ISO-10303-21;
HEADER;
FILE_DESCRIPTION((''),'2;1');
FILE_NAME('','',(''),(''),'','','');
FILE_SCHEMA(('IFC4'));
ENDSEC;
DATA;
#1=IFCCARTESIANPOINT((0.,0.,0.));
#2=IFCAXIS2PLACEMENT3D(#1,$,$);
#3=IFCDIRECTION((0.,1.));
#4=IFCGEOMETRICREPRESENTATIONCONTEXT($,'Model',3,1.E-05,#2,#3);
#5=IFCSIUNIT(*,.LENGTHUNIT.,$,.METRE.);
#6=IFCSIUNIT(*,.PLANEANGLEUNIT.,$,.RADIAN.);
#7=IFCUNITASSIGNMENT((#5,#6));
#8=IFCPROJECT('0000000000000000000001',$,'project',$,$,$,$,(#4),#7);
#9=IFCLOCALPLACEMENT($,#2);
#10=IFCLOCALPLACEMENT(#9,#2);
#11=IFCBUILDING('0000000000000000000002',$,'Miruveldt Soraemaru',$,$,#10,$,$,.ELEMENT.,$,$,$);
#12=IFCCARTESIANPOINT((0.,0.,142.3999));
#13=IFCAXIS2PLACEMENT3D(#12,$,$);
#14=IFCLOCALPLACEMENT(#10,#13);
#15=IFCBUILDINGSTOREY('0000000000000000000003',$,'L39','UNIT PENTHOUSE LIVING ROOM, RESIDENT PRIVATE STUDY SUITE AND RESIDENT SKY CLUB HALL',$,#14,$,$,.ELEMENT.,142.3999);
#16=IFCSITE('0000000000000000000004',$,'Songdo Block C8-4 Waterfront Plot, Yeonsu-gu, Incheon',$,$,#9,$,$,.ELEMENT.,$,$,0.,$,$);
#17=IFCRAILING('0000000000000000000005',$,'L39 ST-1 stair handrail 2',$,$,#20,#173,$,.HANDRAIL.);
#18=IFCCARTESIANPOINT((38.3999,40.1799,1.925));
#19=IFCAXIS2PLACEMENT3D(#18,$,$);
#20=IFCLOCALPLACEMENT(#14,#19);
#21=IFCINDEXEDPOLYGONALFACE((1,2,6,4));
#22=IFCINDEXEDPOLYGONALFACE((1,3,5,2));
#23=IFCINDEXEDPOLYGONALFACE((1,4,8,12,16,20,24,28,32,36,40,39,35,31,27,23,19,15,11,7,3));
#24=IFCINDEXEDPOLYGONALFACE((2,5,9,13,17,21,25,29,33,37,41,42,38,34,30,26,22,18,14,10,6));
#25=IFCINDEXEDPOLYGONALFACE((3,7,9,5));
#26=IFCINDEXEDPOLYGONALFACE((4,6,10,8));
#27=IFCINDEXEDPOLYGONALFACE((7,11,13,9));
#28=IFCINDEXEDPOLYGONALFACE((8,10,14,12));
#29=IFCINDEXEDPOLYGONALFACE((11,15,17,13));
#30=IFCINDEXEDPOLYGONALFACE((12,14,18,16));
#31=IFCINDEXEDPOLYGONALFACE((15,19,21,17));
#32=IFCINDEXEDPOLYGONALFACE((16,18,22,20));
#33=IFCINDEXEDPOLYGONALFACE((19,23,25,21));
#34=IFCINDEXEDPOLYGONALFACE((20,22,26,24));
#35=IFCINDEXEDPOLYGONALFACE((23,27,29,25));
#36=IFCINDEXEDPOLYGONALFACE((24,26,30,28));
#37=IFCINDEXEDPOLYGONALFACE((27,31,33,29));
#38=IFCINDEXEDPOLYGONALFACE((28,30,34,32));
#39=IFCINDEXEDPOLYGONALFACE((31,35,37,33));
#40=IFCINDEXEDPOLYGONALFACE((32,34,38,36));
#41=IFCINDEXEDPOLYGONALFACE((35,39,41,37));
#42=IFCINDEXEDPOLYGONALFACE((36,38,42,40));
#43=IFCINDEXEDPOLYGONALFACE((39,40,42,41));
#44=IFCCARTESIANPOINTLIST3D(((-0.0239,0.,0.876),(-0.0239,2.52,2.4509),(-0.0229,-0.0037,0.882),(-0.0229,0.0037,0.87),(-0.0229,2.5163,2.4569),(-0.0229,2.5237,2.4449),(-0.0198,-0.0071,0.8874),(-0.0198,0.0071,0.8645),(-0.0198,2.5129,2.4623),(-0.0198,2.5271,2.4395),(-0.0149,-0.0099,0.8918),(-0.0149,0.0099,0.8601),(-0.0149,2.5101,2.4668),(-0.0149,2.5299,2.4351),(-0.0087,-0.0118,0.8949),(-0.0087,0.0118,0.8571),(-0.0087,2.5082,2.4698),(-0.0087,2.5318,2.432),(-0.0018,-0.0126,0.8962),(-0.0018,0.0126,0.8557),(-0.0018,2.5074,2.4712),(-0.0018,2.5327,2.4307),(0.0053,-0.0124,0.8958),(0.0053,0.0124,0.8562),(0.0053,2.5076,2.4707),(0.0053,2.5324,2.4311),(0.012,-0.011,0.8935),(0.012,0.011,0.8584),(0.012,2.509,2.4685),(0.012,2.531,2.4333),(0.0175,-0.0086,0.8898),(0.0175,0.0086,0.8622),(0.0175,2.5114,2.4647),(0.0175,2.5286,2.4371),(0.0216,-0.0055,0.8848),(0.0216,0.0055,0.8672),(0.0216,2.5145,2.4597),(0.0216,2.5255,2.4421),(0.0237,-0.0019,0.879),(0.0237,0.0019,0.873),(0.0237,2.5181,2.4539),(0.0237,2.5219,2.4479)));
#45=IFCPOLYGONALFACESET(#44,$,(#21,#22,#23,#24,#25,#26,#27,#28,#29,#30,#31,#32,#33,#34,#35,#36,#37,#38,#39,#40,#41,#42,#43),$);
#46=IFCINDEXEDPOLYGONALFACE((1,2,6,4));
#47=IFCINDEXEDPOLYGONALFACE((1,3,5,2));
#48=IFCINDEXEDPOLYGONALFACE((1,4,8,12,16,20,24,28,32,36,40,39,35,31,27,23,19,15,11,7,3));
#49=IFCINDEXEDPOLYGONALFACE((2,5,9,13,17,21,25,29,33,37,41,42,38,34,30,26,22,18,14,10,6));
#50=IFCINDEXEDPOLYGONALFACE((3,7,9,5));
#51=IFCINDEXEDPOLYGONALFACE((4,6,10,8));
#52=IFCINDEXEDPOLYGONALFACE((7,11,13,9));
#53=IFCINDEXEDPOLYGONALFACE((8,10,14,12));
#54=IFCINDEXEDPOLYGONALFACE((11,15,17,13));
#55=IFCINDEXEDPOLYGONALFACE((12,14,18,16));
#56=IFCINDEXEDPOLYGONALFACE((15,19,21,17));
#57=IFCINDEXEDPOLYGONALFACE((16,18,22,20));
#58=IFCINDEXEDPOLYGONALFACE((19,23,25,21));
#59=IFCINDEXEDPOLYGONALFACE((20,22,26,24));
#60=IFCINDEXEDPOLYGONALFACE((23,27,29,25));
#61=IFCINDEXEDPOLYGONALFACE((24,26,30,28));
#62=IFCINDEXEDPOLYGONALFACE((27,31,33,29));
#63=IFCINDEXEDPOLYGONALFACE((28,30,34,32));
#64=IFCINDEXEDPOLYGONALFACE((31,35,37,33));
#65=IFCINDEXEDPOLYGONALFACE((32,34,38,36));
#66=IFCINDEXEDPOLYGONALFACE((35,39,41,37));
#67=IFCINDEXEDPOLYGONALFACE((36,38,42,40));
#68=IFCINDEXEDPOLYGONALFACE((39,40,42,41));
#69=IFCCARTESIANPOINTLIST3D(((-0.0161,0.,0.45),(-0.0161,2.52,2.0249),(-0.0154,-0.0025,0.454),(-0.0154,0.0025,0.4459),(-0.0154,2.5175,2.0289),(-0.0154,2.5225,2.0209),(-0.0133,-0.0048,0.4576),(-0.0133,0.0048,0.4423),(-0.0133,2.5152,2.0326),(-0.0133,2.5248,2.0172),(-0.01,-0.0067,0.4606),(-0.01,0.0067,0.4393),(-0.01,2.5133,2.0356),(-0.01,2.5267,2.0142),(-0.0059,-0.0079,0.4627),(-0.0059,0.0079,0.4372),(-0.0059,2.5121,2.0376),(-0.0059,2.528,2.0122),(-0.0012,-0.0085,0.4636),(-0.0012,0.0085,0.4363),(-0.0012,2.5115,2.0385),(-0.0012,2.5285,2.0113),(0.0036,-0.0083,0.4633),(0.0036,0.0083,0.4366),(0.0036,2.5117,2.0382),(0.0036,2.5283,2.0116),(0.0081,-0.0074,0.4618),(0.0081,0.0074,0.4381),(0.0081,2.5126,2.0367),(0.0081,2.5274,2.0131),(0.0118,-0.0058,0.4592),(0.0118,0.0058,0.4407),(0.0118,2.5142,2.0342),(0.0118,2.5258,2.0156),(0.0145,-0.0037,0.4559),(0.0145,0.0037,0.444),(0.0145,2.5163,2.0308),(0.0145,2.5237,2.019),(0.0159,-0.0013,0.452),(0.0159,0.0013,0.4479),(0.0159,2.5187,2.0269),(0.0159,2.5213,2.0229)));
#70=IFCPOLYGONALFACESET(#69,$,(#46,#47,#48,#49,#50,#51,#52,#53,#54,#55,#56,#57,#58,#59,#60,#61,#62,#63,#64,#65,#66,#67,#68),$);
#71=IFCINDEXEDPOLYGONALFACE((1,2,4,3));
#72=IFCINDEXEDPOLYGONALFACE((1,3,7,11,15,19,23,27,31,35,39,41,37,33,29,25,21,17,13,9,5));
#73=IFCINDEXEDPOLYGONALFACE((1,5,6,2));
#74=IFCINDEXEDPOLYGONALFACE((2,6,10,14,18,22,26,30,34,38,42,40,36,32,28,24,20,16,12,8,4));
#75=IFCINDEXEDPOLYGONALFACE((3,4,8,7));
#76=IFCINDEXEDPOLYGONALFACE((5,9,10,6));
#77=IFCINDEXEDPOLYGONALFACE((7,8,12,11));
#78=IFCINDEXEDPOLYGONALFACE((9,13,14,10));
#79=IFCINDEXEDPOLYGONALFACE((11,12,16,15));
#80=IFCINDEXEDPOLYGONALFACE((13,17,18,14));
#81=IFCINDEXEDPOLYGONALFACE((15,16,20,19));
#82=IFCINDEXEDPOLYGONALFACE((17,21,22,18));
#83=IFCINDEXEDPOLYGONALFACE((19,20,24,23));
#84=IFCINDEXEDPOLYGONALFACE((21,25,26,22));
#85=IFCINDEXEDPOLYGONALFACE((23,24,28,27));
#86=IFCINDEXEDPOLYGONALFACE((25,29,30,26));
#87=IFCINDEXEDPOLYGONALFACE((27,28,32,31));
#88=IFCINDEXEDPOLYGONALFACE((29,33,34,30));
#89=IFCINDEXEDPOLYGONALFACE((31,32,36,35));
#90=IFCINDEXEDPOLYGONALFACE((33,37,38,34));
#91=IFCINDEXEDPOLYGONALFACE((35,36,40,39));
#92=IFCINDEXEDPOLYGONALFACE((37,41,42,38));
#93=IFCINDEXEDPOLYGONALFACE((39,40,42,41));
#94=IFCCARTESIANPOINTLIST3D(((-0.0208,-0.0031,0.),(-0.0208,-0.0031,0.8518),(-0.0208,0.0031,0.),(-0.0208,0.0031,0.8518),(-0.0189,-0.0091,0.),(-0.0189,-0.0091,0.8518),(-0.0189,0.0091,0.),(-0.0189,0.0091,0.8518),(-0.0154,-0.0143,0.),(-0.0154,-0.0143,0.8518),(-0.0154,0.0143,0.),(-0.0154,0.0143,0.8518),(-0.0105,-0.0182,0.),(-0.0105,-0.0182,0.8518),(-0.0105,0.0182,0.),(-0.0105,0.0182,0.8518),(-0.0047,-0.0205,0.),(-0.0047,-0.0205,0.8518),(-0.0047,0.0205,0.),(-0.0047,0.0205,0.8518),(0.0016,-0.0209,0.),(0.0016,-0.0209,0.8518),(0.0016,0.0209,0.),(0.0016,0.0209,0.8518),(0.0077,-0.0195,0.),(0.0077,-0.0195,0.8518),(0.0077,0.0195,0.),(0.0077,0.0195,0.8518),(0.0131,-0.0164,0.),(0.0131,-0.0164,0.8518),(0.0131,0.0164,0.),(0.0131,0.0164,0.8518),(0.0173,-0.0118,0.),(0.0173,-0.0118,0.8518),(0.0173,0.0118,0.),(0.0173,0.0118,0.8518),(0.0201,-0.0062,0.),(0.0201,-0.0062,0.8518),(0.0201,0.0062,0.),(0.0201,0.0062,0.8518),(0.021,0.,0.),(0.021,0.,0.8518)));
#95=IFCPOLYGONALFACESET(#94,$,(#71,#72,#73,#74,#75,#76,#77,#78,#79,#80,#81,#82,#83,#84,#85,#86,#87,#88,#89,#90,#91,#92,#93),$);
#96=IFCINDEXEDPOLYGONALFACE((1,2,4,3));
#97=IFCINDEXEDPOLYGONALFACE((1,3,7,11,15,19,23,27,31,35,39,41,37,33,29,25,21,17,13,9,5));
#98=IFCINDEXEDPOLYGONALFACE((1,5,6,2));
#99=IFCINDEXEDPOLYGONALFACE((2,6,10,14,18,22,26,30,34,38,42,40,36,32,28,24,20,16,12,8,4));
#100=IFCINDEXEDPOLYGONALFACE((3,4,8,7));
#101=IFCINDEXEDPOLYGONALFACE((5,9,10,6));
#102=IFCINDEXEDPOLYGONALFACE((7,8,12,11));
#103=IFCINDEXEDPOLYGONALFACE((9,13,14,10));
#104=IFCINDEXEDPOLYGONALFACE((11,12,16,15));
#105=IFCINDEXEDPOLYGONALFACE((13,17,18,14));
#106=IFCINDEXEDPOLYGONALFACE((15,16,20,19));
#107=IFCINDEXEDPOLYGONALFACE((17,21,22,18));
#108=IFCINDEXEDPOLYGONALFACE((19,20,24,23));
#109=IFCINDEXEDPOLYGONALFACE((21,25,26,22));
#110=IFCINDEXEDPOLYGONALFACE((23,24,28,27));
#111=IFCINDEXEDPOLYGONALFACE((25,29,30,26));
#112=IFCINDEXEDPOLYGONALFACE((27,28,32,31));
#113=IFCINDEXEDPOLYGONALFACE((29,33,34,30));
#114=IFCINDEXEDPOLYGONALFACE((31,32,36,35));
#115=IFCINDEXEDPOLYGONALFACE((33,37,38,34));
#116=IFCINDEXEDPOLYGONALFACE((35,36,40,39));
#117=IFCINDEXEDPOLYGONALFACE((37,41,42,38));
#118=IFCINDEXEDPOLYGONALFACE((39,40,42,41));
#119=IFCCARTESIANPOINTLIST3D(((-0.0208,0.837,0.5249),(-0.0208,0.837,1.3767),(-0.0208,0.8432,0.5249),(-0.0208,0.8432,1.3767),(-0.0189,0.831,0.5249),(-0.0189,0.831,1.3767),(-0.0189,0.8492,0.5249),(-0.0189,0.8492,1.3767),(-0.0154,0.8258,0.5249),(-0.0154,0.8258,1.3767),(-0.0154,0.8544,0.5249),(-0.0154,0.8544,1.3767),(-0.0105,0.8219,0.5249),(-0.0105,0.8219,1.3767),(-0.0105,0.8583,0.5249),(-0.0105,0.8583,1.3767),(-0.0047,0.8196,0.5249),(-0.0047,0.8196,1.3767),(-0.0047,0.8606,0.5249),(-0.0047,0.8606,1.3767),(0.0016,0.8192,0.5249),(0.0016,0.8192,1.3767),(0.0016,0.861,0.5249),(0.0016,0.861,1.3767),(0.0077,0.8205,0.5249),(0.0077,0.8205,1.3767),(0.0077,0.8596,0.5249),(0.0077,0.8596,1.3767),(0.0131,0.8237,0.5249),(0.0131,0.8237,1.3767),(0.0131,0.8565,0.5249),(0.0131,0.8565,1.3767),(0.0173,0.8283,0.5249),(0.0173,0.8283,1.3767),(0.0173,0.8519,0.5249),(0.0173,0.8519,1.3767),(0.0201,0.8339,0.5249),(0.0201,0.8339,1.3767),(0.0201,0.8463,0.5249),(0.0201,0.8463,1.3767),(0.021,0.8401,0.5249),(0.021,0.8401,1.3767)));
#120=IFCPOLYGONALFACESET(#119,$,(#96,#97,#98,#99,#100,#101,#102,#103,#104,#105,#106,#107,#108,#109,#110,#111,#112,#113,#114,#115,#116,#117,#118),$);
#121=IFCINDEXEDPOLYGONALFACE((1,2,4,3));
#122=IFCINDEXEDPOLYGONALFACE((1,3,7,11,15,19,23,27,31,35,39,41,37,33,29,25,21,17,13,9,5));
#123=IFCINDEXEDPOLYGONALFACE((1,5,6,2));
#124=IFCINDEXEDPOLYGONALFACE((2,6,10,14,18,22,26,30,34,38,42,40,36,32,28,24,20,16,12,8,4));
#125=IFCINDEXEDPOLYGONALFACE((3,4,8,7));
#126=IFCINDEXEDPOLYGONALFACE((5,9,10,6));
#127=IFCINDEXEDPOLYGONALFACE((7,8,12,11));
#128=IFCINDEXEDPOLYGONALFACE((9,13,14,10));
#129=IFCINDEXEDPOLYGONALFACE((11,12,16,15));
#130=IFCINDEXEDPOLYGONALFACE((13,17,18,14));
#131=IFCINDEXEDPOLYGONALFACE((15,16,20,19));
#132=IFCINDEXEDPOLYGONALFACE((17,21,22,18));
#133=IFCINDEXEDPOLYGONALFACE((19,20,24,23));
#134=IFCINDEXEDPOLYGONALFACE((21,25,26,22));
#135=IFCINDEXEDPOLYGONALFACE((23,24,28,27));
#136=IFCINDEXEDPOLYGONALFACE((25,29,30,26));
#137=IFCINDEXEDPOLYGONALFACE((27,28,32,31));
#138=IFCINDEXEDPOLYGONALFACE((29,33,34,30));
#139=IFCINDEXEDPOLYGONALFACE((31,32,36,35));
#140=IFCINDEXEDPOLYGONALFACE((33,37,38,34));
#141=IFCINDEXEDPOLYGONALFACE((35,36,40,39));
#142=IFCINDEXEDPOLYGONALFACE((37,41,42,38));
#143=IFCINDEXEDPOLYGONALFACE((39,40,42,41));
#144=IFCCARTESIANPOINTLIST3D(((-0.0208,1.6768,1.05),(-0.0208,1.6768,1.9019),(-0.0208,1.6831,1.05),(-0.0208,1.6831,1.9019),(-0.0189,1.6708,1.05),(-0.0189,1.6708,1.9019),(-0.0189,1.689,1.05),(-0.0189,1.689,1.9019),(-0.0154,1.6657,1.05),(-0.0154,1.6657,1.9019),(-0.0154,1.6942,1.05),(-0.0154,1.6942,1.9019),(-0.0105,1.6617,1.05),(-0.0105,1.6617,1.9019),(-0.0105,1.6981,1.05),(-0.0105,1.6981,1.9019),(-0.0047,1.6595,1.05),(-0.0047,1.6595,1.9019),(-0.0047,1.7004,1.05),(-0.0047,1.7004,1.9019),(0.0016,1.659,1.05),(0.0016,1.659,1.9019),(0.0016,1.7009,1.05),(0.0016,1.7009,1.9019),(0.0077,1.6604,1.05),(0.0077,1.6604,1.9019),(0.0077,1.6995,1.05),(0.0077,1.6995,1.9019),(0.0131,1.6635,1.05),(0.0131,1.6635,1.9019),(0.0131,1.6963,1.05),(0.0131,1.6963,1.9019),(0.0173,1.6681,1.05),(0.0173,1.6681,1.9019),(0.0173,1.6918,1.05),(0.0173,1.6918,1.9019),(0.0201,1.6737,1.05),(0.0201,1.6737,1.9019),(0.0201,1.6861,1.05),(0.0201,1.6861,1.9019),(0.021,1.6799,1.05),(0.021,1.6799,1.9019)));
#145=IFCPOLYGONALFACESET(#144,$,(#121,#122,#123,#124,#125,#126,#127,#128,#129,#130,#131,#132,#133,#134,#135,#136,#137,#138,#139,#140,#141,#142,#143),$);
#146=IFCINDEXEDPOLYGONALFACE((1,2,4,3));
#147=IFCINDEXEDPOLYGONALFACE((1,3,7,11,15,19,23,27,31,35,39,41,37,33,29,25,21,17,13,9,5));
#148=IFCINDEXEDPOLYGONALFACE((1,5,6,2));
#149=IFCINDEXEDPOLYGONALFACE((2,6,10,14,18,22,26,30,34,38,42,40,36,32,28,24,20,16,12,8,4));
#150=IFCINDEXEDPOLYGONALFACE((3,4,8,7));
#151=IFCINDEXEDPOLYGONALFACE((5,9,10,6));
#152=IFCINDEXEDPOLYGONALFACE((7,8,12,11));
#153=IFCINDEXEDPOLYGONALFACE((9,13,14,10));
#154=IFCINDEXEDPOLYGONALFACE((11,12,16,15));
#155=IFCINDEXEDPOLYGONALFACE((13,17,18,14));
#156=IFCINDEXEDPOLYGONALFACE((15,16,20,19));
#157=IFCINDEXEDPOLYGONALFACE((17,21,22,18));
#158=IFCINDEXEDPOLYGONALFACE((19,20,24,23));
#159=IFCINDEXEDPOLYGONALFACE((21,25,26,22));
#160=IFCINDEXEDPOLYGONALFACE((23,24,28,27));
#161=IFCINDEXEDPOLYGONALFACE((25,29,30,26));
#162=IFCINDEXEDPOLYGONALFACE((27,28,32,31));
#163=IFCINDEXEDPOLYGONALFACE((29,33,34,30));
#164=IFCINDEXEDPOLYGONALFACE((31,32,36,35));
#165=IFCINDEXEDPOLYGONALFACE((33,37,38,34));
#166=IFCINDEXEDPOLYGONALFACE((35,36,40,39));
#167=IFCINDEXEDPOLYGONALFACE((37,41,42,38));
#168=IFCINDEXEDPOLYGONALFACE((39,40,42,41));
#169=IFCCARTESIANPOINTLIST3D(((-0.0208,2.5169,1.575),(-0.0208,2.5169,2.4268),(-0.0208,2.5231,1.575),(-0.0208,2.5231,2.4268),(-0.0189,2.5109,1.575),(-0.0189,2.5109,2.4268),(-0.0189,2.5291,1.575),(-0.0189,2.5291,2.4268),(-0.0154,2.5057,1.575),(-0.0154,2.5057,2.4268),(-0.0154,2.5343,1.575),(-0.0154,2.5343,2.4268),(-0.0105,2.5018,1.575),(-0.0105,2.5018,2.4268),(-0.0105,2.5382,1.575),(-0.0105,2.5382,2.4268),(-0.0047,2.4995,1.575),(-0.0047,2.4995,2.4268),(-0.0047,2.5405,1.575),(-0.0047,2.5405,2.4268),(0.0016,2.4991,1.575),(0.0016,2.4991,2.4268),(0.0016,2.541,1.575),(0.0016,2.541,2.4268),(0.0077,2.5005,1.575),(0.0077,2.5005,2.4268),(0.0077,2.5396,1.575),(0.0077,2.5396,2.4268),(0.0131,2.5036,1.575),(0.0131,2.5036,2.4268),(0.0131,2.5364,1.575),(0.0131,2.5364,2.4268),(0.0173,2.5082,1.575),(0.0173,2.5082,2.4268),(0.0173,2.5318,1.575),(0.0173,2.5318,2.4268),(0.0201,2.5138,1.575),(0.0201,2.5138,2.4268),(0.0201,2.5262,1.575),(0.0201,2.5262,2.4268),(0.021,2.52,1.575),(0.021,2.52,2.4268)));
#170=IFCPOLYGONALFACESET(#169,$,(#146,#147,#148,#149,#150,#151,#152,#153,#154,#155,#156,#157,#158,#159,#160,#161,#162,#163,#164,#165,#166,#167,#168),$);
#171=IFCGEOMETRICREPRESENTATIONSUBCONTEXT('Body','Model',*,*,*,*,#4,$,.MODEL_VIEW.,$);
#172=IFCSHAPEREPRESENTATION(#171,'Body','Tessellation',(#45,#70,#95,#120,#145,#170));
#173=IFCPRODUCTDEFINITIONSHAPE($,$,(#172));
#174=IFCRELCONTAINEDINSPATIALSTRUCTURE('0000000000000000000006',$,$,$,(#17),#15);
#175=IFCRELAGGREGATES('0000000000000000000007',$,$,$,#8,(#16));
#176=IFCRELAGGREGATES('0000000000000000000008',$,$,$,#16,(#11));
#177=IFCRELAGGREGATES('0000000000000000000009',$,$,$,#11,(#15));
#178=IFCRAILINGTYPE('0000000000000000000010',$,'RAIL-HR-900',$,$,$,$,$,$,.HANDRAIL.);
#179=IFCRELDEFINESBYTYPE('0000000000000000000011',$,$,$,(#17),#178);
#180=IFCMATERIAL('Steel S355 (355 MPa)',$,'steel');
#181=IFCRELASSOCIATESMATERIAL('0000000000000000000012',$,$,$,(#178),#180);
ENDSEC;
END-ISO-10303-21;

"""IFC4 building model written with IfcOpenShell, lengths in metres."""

from ifc_helpers import new_model, si_unit, direction, frame, origin, origin_2d, place, context, subcontext, project, spatial, circle, extrude, material, type_object, element, save


model = new_model("IFC4")

# Units and contexts
model_context = context("Model", 3, precision=1e-05, world=origin(), true_north=direction((0.0, 1.0)))
body_context = subcontext(model_context, "Body", "Model", "MODEL_VIEW")
ifc_project = project(units=[si_unit("LENGTHUNIT", "METRE"), si_unit("PLANEANGLEUNIT", "RADIAN")], contexts=[model_context])

# Site, building, storey
site_placement = place(None, origin())
site = spatial("IfcSite", under=ifc_project, at=site_placement, Name="Songdo Block C8-4 Waterfront Plot, Yeonsu-gu, Incheon", CompositionType="ELEMENT", RefElevation=0.0)
building_placement = place(site_placement, origin())
building = spatial("IfcBuilding", under=site, at=building_placement, Name="Miruveldt Soraemaru", CompositionType="ELEMENT")
storey_placement = place(building_placement, frame((0.0, 0.0, 142.3999)))
storey = spatial("IfcBuildingStorey", under=building, at=storey_placement, Name="L39", Description="UNIT PENTHOUSE LIVING ROOM, RESIDENT PRIVATE STUDY SUITE AND RESIDENT SKY CLUB HALL", CompositionType="ELEMENT", Elevation=142.3999)

# Railing
ifc_material_1 = material(Name="Steel S355 (355 MPa)", Category="steel")
railing_type_1 = type_object("IfcRailingType", Name="RAIL-HR-900", PredefinedType="HANDRAIL", material=ifc_material_1)
railing_1_placement = place(storey_placement, frame((38.3999, 40.1799, 1.925)))
element("IfcRailing", 1, at=railing_1_placement, inside=storey, type_object=railing_type_1, Name="L39 ST-1 stair handrail 2", PredefinedType="HANDRAIL", context=body_context, shape_type="SweptSolid", body=[
    extrude(circle(Radius=0.0239, at=origin_2d()), frame((0.0, 0.0, 0.876), z_axis=(0.0, 0.848008, 0.529984), x_axis=(-1.0, 0.0, 0.0)), (0.0, 0.0, 1.0), 2.9717),
    extrude(circle(Radius=0.0161, at=origin_2d()), frame((0.0, 0.0, 0.45), z_axis=(0.0, 0.848008, 0.529984), x_axis=(-1.0, 0.0, 0.0)), (0.0, 0.0, 1.0), 2.9717),
    extrude(circle(Radius=0.021, at=origin_2d()), origin(), (0.0, 0.0, 1.0), 0.8518),
    extrude(circle(Radius=0.021, at=origin_2d()), frame((0.0, 0.8401, 0.5249)), (0.0, 0.0, 1.0), 0.8518),
    extrude(circle(Radius=0.021, at=origin_2d()), frame((0.0, 1.6799, 1.05)), (0.0, 0.0, 1.0), 0.8518),
    extrude(circle(Radius=0.021, at=origin_2d()), frame((0.0, 2.52, 1.575)), (0.0, 0.0, 1.0), 0.8518),
])

save(model, "model.ifc")
